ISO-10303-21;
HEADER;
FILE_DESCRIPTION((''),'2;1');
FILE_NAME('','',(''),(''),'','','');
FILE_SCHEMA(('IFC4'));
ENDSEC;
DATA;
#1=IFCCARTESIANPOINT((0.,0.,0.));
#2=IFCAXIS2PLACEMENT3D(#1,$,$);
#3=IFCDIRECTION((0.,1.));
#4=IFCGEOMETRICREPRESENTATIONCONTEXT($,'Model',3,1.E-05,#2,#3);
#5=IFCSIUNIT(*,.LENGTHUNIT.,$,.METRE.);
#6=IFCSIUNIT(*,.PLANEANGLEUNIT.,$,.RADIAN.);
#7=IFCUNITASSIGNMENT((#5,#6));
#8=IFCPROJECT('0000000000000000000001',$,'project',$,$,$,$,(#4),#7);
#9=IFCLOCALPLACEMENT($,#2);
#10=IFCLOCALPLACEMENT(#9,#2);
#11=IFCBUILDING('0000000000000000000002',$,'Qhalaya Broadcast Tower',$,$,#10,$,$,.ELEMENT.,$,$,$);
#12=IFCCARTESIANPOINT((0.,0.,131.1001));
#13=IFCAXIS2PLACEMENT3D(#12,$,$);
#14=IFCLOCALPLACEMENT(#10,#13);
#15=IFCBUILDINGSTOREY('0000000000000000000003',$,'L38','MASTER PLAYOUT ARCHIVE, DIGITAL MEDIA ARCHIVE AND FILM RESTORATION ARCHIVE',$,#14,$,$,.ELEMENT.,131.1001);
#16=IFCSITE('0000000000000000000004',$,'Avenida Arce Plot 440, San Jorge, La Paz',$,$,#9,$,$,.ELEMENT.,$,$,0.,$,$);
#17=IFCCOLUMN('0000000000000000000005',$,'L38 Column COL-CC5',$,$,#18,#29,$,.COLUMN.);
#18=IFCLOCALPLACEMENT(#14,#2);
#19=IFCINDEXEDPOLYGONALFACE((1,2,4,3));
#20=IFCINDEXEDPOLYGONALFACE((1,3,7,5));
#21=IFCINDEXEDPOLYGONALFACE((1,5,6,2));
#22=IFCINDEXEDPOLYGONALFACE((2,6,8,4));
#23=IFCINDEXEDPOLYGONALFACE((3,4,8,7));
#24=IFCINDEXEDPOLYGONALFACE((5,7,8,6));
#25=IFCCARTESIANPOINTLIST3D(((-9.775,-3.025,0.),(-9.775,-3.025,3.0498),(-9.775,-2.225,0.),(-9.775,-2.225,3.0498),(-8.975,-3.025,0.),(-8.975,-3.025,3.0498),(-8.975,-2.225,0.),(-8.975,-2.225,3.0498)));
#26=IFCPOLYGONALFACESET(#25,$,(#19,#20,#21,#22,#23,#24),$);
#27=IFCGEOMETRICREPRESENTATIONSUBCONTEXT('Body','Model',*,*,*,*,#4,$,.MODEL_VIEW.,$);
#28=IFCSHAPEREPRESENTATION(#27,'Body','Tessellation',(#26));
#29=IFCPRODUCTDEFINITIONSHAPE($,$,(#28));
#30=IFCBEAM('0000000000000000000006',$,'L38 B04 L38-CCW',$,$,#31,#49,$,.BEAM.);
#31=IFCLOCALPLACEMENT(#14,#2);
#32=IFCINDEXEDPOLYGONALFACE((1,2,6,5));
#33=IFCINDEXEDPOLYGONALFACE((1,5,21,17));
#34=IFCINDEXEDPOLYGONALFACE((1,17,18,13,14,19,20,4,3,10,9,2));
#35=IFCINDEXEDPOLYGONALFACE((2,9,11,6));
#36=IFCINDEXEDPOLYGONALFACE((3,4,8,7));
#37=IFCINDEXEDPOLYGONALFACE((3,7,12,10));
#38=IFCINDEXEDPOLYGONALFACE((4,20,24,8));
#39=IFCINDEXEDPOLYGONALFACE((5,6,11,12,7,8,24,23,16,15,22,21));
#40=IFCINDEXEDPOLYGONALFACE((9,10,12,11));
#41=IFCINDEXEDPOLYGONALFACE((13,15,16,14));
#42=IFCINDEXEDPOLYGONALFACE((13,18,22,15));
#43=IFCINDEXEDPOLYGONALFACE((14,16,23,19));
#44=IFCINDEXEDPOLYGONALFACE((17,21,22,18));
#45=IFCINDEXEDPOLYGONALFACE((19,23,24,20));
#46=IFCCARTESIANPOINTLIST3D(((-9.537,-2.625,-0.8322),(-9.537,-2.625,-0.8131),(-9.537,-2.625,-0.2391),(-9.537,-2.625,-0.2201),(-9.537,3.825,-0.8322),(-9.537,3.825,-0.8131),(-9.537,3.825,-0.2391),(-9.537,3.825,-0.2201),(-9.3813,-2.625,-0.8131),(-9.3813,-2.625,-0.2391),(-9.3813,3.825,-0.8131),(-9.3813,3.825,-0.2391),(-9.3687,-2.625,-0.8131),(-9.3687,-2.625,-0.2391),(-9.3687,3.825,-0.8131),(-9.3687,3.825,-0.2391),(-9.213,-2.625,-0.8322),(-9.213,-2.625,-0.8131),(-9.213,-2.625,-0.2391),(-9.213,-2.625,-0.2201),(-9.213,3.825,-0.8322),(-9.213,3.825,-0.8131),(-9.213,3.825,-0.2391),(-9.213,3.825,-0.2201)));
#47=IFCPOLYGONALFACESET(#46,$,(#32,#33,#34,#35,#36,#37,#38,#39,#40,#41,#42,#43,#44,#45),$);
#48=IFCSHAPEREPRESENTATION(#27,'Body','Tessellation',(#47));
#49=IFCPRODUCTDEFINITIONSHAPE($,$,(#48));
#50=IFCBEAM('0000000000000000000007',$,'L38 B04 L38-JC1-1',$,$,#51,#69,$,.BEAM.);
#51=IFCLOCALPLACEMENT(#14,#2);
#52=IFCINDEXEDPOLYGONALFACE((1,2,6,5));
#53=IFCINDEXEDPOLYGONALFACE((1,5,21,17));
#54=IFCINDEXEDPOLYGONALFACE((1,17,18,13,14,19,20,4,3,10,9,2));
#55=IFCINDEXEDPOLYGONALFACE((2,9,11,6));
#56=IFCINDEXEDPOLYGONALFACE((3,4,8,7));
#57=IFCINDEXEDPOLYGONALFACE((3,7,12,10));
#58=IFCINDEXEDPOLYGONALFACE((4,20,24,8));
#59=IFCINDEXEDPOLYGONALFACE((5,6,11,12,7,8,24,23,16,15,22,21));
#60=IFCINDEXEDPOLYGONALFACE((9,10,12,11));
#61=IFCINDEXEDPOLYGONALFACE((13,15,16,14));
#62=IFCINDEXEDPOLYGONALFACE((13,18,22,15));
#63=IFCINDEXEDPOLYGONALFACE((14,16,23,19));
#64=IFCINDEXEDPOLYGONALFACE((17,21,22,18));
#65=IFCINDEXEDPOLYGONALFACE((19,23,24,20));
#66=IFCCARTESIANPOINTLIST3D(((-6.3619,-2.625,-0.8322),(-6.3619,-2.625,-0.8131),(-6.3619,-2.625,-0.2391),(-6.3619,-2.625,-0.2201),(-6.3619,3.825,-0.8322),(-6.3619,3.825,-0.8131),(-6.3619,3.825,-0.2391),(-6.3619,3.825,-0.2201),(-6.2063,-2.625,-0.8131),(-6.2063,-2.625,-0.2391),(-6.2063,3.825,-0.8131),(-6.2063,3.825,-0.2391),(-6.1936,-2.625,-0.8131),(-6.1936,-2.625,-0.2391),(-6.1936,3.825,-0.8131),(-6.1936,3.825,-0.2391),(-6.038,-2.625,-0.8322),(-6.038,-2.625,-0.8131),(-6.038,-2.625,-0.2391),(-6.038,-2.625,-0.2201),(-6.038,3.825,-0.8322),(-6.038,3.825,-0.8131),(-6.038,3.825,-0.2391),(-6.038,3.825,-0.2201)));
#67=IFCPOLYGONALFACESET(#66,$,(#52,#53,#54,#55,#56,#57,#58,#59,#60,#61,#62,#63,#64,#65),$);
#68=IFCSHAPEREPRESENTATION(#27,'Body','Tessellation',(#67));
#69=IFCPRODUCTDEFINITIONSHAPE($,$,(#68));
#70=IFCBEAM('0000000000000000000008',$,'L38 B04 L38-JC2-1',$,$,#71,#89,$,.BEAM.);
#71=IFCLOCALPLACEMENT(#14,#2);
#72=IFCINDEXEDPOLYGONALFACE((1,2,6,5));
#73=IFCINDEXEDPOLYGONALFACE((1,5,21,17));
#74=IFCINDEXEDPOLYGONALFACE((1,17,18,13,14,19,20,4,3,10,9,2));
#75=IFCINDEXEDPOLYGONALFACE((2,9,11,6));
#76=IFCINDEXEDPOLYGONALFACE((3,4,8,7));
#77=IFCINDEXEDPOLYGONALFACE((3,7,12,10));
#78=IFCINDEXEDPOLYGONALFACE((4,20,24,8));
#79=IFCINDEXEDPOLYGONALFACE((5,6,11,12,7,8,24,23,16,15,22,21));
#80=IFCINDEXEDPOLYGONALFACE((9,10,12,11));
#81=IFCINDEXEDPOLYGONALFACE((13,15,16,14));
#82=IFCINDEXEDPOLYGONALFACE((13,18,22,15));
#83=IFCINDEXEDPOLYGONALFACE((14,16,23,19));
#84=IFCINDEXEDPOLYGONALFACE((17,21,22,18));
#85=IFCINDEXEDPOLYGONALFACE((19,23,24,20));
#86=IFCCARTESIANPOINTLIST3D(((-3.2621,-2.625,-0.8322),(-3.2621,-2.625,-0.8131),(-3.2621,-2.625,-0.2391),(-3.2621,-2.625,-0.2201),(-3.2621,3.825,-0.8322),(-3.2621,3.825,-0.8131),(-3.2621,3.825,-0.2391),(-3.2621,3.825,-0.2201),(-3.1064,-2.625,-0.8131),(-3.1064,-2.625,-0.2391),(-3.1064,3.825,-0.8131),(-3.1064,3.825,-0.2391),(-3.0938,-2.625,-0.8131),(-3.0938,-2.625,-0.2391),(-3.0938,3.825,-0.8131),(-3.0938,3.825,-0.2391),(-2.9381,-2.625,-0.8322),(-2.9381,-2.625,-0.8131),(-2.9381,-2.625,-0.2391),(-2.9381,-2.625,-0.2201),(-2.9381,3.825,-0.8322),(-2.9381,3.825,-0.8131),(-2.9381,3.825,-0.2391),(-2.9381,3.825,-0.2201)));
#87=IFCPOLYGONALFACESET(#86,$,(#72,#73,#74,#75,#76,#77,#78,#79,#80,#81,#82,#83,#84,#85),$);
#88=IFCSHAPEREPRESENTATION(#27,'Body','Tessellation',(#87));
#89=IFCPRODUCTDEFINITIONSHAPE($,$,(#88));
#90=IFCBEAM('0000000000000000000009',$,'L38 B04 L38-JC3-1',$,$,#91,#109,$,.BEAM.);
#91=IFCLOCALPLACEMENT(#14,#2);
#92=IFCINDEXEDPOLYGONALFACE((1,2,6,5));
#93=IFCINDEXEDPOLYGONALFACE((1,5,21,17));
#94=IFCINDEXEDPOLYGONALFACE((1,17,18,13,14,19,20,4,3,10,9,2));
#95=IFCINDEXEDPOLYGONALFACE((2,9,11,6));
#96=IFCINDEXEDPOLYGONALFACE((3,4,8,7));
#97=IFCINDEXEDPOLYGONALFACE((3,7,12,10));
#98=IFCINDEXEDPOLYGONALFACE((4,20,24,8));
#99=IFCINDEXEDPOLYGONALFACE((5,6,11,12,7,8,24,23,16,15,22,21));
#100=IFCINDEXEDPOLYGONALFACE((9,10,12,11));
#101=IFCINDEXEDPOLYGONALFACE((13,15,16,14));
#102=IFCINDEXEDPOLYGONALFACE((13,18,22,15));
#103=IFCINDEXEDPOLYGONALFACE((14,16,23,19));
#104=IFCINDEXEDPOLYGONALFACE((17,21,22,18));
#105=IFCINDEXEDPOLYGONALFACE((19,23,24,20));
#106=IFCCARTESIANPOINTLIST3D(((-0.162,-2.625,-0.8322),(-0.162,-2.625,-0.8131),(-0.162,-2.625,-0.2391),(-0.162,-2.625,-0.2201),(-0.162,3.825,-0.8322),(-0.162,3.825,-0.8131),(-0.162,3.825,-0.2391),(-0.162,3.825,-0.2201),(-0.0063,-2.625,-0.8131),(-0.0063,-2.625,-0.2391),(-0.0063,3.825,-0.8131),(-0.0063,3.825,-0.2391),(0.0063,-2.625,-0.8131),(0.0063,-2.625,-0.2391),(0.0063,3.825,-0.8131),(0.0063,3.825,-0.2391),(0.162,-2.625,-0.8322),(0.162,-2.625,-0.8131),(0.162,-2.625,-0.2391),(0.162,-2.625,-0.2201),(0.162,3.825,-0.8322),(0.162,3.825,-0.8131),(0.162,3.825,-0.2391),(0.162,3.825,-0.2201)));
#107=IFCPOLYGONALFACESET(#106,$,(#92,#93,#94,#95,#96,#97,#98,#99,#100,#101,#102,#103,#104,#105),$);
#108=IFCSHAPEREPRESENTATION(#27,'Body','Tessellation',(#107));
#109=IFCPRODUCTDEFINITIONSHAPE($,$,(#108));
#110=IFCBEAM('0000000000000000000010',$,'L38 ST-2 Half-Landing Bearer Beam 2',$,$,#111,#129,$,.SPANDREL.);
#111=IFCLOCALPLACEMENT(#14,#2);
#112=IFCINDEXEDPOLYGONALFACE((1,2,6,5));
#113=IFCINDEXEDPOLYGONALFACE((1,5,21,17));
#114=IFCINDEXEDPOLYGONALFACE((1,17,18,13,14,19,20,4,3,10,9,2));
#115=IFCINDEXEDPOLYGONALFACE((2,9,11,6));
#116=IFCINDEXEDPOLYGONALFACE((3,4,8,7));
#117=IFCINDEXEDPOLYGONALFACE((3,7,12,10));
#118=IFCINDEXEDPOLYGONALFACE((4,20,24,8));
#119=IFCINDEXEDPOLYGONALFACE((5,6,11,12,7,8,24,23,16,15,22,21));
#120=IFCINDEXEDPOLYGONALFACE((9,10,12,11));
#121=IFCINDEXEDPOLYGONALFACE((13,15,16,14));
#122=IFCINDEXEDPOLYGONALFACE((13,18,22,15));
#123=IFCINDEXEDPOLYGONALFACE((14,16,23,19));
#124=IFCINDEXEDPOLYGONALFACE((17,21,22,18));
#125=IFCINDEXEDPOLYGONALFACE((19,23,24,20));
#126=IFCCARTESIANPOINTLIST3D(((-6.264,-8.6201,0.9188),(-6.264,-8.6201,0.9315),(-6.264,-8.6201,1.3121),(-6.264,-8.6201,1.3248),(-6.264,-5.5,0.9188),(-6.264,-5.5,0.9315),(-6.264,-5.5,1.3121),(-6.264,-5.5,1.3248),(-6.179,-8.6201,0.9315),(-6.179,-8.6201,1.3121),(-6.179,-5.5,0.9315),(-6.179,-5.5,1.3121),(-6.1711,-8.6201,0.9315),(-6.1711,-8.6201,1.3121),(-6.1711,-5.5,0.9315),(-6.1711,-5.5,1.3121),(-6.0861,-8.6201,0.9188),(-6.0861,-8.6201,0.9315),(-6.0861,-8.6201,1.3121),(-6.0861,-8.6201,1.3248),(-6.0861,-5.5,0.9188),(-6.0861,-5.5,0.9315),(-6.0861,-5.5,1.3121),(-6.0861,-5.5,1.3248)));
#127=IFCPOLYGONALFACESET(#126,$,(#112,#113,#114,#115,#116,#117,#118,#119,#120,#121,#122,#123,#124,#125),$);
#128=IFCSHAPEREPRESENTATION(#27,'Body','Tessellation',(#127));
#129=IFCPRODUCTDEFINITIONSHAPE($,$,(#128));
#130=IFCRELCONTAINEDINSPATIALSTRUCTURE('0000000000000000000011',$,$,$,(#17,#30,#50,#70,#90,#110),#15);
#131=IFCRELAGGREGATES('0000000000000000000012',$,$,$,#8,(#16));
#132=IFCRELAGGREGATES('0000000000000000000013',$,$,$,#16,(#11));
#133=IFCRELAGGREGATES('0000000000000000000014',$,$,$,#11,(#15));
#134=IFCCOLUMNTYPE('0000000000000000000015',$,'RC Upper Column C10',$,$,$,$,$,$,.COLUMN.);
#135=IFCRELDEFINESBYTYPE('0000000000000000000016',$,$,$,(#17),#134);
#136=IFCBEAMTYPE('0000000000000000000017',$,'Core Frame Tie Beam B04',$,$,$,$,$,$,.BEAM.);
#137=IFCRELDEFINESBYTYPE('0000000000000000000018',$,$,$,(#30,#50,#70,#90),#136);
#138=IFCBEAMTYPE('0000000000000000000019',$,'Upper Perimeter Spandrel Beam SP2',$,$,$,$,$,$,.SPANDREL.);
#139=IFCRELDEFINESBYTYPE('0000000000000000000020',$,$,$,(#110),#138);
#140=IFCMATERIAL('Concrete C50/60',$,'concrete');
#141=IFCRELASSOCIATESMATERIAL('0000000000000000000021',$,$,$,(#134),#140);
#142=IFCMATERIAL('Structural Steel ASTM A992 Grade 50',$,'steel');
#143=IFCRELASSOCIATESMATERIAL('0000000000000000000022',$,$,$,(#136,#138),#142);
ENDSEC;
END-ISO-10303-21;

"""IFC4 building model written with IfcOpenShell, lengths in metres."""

from ifc_helpers import new_model, si_unit, direction, frame, origin, origin_2d, place, context, subcontext, project, spatial, rectangle, i_section, extrude, material, material_profile, profile_set, type_object, element, save


model = new_model("IFC4")

# Units and contexts
model_context = context("Model", 3, precision=1e-05, world=origin(), true_north=direction((0.0, 1.0)))
body_context = subcontext(model_context, "Body", "Model", "MODEL_VIEW")
ifc_project = project(units=[si_unit("LENGTHUNIT", "METRE"), si_unit("PLANEANGLEUNIT", "RADIAN")], contexts=[model_context])

# Site, building, storey
site_placement = place(None, origin())
site = spatial("IfcSite", under=ifc_project, at=site_placement, Name="Avenida Arce Plot 440, San Jorge, La Paz", CompositionType="ELEMENT", RefElevation=0.0)
building_placement = place(site_placement, origin())
building = spatial("IfcBuilding", under=site, at=building_placement, Name="Qhalaya Broadcast Tower", CompositionType="ELEMENT")
storey_placement = place(building_placement, frame((0.0, 0.0, 131.1001)))
storey = spatial("IfcBuildingStorey", under=building, at=storey_placement, Name="L38", Description="MASTER PLAYOUT ARCHIVE, DIGITAL MEDIA ARCHIVE AND FILM RESTORATION ARCHIVE", CompositionType="ELEMENT", Elevation=131.1001)

# Column
ifc_material_1 = material(Name="Concrete C50/60", Category="concrete")
ifc_material_profile_1 = material_profile(ifc_material_1, rectangle(XDim=0.8, YDim=0.8, at=origin_2d()), Name="RC-COL 800x800")
ifc_profile_set_1 = profile_set([ifc_material_profile_1], Name="Concrete C50/60")
column_type = type_object("IfcColumnType", Name="RC Upper Column C10", PredefinedType="COLUMN", material=ifc_profile_set_1)
column_placement = place(storey_placement, frame((-9.375, -2.625, 0.0), z_axis=(0.0, 0.0, 1.0), x_axis=(1.0, 0.0, 0.0)))
element("IfcColumn", 1, at=column_placement, inside=storey, type_object=column_type, Name="L38 Column COL-CC5", PredefinedType="COLUMN", context=body_context, shape_type="SweptSolid", body=[
    extrude(rectangle(XDim=0.8, YDim=0.8, at=origin_2d()), origin(), (0.0, 0.0, 1.0), 3.0498),
])

# Beams
ifc_material_2 = material(Name="Structural Steel ASTM A992 Grade 50", Category="steel")
ifc_material_profile_2 = material_profile(ifc_material_2, i_section(OverallWidth=0.324, OverallDepth=0.6121, WebThickness=0.0127, FlangeThickness=0.019, at=origin_2d()), Name="W24X104")
ifc_profile_set_2 = profile_set([ifc_material_profile_2], Name="Structural Steel ASTM A992 Grade 50")
beam_type_1 = type_object("IfcBeamType", Name="Core Frame Tie Beam B04", PredefinedType="BEAM", material=ifc_profile_set_2)
for number, where, z_axis, x_axis, name in (
    (2, (-9.375, -2.625, -0.5261), (0.0, 1.0, 0.0), (-1.0, 0.0, 0.0), "L38 B04 L38-CCW"),
    (3, (-6.2, -2.625, -0.5261), (0.0, 1.0, 0.0), (-1.0, 0.0, 0.0), "L38 B04 L38-JC1-1"),
    (4, (-3.1001, -2.625, -0.5261), (0.0, 1.0, 0.0), (-1.0, 0.0, 0.0), "L38 B04 L38-JC2-1"),
    (5, (0.0, -2.625, -0.5261), (0.0, 1.0, 0.0), (-1.0, 0.0, 0.0), "L38 B04 L38-JC3-1"),
):
    element("IfcBeam", number, at=place(storey_placement, frame(where, z_axis=z_axis, x_axis=x_axis)), inside=storey, type_object=beam_type_1, Name=name, PredefinedType="BEAM", context=body_context, shape_type="SweptSolid", body=[
        extrude(i_section(OverallWidth=0.324, OverallDepth=0.6121, WebThickness=0.0127, FlangeThickness=0.019, at=origin_2d()), origin(), (0.0, 0.0, 1.0), 6.45),
    ])
ifc_material_profile_3 = material_profile(ifc_material_2, i_section(OverallWidth=0.178, OverallDepth=0.406, WebThickness=0.0078, FlangeThickness=0.0127, at=origin_2d()), Name="W16X40")
ifc_profile_set_3 = profile_set([ifc_material_profile_3], Name="Structural Steel ASTM A992 Grade 50")
beam_type_2 = type_object("IfcBeamType", Name="Upper Perimeter Spandrel Beam SP2", PredefinedType="SPANDREL", material=ifc_profile_set_3)
beam_placement = place(storey_placement, frame((-6.175, -8.6201, 1.1218), z_axis=(0.0, 1.0, 0.0), x_axis=(-1.0, 0.0, 0.0)))
element("IfcBeam", 6, at=beam_placement, inside=storey, type_object=beam_type_2, Name="L38 ST-2 Half-Landing Bearer Beam 2", PredefinedType="SPANDREL", context=body_context, shape_type="SweptSolid", body=[
    extrude(i_section(OverallWidth=0.178, OverallDepth=0.406, WebThickness=0.0078, FlangeThickness=0.0127, at=origin_2d()), origin(), (0.0, 0.0, 1.0), 3.1201),
])

save(model, "model.ifc")
